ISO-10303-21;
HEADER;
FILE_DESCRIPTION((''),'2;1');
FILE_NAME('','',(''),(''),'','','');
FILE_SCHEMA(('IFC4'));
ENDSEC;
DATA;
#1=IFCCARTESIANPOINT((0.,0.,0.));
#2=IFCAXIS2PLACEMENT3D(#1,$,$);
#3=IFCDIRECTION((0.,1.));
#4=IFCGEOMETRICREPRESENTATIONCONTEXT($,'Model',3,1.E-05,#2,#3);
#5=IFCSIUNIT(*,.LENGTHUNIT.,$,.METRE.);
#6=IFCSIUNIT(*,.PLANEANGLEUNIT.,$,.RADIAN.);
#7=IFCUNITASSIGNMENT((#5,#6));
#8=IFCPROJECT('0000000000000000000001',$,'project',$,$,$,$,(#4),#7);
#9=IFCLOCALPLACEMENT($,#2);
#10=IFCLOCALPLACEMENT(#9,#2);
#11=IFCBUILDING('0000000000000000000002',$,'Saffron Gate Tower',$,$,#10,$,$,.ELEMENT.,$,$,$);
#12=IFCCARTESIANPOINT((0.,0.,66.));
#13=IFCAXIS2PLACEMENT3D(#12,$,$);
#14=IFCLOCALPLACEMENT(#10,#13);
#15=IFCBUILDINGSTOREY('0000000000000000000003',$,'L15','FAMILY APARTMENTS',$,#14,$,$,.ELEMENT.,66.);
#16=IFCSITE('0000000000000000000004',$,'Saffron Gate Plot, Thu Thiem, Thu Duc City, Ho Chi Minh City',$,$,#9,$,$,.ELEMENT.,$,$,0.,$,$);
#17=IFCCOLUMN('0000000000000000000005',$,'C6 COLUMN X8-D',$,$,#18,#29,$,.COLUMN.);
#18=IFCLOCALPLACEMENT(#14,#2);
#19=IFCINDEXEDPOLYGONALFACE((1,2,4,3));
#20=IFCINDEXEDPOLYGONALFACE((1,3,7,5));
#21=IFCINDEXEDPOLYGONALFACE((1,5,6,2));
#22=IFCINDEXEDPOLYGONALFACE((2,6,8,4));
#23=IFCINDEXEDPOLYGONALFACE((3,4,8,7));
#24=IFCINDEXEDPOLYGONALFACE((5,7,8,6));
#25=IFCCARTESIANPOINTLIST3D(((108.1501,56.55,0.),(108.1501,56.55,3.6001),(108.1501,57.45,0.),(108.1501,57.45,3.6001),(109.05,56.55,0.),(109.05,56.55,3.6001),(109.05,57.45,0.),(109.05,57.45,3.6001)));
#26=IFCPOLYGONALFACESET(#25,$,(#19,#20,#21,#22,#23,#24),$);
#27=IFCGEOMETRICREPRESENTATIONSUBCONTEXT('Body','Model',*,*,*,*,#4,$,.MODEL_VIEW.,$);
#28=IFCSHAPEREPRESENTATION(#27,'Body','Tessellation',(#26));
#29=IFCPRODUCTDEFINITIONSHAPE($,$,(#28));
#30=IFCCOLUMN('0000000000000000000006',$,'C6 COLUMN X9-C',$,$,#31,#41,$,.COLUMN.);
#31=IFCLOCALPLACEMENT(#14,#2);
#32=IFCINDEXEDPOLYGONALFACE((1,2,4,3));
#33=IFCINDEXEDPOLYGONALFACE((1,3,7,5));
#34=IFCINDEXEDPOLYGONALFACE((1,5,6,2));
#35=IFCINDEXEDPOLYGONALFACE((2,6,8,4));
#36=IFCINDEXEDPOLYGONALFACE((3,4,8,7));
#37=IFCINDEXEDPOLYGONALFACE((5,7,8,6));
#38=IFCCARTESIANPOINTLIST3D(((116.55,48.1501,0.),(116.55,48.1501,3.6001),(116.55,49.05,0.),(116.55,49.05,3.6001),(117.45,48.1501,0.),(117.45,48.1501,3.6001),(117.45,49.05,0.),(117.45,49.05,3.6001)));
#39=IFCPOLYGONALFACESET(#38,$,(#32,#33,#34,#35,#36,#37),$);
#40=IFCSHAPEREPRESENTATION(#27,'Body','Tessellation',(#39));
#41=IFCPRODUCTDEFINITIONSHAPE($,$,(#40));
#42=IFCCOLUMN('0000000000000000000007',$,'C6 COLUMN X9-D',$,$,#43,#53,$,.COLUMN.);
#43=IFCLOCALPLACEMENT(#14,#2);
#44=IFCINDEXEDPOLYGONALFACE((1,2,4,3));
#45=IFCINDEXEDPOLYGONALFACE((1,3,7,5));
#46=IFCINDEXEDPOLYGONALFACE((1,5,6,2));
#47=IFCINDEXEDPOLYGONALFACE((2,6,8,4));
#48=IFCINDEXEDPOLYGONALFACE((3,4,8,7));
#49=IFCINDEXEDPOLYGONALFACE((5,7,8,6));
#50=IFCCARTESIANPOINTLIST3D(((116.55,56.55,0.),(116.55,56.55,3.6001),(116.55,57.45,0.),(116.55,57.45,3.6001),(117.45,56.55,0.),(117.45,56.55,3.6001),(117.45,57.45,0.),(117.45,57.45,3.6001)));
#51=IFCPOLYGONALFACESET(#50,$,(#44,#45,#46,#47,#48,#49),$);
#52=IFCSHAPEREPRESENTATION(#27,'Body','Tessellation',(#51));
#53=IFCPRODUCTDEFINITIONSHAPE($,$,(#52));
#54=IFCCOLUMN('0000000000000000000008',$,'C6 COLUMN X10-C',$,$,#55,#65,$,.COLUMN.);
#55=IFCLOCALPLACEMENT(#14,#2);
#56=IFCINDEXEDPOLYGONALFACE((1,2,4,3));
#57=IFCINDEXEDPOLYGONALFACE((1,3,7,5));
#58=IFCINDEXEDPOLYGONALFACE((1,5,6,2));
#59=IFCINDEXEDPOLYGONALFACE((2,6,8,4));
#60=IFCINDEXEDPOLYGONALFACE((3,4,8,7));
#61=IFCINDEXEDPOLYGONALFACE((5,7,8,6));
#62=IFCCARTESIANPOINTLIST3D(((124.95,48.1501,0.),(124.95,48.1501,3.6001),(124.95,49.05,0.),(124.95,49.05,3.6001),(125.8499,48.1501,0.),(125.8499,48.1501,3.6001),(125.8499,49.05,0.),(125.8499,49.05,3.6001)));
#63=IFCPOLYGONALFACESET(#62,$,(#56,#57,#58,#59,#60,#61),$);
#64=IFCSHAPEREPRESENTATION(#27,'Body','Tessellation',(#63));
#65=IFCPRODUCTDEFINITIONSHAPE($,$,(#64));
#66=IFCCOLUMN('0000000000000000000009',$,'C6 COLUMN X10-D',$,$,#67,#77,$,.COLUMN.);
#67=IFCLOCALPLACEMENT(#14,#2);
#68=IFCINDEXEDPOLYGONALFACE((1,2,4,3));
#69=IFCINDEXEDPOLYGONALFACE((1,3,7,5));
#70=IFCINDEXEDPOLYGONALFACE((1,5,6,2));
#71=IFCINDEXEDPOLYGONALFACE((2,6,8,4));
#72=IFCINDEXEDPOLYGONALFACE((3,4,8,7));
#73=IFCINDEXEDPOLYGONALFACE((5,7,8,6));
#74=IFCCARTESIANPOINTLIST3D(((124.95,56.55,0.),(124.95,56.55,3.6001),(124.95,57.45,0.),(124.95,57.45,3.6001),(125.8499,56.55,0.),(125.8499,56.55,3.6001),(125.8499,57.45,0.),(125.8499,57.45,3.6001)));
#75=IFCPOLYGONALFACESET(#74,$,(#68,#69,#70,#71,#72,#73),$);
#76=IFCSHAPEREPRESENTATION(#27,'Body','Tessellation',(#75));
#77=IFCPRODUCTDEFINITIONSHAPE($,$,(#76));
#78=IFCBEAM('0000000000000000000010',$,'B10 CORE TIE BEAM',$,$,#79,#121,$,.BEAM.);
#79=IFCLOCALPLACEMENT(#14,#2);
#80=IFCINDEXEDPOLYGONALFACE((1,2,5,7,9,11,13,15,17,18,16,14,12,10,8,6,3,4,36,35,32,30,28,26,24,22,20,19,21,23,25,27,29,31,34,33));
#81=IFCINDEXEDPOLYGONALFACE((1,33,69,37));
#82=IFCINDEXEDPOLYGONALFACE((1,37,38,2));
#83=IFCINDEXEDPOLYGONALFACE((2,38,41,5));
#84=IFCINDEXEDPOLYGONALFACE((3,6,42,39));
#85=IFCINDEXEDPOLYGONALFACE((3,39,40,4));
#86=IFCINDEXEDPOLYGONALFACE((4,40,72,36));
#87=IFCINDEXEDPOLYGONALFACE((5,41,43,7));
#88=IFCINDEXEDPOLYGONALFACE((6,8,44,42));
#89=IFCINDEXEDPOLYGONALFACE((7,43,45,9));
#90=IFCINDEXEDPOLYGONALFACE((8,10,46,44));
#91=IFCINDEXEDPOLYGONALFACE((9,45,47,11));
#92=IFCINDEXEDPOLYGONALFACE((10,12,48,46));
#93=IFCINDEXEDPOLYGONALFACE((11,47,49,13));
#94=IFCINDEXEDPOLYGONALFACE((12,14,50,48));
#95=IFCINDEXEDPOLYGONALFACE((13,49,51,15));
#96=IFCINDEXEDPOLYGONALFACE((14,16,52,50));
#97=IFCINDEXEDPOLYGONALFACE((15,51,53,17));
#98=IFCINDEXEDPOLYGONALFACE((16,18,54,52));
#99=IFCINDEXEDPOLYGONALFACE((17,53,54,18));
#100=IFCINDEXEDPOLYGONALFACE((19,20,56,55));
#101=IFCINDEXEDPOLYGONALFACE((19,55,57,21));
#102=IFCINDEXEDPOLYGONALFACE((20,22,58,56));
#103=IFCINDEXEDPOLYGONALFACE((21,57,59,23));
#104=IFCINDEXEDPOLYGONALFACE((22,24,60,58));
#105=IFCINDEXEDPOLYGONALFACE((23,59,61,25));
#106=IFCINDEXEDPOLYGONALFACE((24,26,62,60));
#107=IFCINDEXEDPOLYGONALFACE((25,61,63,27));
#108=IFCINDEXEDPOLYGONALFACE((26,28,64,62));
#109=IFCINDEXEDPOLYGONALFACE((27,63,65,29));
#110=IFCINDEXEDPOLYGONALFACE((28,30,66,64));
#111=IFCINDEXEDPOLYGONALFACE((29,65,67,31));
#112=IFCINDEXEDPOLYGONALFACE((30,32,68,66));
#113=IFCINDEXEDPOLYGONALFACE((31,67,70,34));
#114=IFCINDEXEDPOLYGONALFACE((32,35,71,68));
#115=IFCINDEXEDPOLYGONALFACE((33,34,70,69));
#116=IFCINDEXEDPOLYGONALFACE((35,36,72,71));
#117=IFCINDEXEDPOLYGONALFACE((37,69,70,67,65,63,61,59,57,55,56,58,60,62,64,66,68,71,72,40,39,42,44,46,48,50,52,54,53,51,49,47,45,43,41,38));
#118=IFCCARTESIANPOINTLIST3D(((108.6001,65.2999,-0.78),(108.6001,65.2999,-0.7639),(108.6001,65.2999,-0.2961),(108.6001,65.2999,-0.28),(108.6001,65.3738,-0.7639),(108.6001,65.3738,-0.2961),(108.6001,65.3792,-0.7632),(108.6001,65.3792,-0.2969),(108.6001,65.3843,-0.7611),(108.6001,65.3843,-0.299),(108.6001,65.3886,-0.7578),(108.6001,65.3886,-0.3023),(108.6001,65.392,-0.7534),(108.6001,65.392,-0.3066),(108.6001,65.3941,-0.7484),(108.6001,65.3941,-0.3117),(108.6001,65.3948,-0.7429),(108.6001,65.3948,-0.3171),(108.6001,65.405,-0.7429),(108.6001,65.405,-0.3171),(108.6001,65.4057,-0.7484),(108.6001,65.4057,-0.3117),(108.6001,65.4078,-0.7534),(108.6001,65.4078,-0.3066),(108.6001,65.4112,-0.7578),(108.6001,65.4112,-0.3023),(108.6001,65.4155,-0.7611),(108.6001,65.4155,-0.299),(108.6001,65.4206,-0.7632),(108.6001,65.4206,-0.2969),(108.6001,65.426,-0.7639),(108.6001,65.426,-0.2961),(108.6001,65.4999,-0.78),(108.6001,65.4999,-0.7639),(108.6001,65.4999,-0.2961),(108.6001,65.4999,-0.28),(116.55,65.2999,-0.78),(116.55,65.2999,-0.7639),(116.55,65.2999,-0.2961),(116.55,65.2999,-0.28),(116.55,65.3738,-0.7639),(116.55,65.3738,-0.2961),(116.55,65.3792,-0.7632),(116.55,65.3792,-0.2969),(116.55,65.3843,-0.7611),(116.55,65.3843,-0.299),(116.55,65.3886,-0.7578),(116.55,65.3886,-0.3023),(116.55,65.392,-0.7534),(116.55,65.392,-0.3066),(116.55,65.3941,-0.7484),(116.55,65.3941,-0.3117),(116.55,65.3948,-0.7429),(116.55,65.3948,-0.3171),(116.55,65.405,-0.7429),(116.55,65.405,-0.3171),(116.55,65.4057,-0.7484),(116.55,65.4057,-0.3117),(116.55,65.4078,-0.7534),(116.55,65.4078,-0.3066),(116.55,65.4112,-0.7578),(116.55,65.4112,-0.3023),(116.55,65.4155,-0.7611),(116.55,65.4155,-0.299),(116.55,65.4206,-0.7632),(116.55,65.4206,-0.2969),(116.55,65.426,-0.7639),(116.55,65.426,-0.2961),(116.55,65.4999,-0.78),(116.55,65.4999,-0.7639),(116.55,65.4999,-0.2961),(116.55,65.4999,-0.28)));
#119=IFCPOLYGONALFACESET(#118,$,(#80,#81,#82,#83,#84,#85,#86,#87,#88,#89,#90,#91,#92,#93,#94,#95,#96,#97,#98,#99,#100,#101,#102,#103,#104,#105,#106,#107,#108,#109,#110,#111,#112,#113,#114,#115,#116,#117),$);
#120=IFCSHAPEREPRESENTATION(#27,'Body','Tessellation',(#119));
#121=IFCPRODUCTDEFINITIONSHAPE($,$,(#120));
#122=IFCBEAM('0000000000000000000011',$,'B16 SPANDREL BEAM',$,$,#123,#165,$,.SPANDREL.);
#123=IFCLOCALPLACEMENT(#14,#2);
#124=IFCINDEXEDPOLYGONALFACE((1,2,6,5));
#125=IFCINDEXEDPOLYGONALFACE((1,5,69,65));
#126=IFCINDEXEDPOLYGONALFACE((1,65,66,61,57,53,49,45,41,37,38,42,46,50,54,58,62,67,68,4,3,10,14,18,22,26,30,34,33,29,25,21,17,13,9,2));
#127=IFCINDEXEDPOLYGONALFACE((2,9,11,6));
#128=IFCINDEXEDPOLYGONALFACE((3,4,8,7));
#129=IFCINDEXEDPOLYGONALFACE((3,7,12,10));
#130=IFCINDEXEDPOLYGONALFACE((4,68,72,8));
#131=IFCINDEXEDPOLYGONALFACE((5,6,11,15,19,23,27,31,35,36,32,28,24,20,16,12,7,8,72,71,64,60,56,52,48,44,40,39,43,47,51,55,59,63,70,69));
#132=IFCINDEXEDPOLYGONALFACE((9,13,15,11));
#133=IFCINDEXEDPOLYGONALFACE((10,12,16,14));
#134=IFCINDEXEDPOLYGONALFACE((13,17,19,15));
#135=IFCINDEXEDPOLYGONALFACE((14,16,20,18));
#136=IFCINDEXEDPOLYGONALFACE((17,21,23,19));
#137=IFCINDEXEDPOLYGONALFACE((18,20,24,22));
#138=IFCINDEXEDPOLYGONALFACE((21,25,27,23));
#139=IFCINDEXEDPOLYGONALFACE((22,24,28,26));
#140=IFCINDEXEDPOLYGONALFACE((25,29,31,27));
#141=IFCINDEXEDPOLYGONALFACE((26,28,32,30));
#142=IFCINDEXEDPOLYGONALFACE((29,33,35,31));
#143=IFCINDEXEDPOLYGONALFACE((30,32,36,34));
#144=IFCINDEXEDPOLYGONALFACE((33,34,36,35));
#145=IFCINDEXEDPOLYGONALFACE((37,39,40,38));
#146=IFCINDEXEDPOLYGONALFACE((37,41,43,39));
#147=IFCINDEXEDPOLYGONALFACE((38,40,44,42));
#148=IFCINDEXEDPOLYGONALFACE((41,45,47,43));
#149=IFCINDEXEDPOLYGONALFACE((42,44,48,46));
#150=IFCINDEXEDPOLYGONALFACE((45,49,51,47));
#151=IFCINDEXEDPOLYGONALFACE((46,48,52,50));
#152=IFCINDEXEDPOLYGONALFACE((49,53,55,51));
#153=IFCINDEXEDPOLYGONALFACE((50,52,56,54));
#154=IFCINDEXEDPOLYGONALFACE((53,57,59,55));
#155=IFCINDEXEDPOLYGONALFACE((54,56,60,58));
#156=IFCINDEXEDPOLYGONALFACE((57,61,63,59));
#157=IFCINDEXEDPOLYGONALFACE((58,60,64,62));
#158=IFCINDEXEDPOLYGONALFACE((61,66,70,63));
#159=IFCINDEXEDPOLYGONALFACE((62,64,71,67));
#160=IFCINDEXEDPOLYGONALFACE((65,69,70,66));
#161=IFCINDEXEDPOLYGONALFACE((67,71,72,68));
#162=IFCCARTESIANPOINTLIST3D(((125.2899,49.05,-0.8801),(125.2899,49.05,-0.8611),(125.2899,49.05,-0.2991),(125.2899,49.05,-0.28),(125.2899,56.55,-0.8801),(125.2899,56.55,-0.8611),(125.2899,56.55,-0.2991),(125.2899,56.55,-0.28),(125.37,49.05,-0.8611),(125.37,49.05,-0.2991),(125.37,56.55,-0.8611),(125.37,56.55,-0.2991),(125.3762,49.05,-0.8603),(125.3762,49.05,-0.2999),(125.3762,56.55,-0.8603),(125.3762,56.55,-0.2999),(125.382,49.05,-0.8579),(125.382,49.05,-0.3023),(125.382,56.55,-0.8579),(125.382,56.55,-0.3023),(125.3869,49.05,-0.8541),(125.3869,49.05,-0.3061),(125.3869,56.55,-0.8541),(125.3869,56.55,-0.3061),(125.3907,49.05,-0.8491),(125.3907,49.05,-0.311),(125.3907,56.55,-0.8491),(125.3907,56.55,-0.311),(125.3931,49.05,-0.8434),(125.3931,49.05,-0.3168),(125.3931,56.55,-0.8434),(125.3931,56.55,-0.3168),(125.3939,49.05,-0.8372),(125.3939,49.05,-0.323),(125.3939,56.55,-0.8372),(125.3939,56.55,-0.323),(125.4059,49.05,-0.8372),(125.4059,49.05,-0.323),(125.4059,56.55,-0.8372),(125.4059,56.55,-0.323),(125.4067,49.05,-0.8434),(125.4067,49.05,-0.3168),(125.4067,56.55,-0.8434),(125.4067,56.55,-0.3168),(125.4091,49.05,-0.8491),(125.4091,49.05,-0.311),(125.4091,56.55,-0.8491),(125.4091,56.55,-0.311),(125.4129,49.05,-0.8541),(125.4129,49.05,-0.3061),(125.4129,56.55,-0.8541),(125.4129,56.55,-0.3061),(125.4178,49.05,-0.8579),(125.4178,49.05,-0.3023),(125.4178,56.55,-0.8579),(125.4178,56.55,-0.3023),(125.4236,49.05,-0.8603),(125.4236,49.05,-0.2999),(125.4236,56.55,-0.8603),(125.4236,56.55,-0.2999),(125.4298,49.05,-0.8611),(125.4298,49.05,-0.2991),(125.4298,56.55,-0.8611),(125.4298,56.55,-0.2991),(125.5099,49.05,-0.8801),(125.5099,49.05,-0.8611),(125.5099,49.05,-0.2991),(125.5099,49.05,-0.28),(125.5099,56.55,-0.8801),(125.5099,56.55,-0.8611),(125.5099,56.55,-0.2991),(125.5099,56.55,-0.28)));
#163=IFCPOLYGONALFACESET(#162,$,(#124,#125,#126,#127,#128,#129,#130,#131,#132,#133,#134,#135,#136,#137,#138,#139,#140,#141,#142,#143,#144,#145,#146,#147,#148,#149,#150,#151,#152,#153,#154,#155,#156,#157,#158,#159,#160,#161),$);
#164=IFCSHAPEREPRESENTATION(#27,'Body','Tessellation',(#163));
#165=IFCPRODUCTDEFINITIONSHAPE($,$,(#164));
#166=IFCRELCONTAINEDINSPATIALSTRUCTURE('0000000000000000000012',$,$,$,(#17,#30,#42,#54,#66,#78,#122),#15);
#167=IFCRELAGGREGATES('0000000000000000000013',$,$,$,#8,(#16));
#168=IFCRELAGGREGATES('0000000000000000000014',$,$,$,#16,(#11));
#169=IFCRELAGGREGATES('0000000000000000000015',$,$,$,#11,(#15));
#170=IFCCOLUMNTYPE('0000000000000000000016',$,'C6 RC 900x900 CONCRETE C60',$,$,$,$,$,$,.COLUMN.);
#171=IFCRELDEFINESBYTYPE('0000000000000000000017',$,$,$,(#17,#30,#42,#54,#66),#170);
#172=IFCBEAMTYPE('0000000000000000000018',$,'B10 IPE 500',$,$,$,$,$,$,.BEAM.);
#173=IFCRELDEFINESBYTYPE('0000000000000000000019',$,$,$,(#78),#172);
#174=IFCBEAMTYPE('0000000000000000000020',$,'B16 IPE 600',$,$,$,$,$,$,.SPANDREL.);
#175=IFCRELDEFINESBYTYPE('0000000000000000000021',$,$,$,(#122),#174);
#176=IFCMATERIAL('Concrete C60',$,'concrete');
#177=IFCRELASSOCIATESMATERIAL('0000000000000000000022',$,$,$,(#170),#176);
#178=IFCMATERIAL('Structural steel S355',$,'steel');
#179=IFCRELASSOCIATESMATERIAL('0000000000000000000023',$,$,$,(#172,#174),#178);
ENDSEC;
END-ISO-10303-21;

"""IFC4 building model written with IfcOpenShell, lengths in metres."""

from ifc_helpers import new_model, si_unit, direction, frame, origin, origin_2d, place, context, subcontext, project, spatial, rectangle, i_section, extrude, material, material_profile, profile_set, type_object, element, save


model = new_model("IFC4")

# Units and contexts
model_context = context("Model", 3, precision=1e-05, world=origin(), true_north=direction((0.0, 1.0)))
body_context = subcontext(model_context, "Body", "Model", "MODEL_VIEW")
ifc_project = project(units=[si_unit("LENGTHUNIT", "METRE"), si_unit("PLANEANGLEUNIT", "RADIAN")], contexts=[model_context])

# Site, building, storey
site_placement = place(None, origin())
site = spatial("IfcSite", under=ifc_project, at=site_placement, Name="Saffron Gate Plot, Thu Thiem, Thu Duc City, Ho Chi Minh City", CompositionType="ELEMENT", RefElevation=0.0)
building_placement = place(site_placement, origin())
building = spatial("IfcBuilding", under=site, at=building_placement, Name="Saffron Gate Tower", CompositionType="ELEMENT")
storey_placement = place(building_placement, frame((0.0, 0.0, 66.0)))
storey = spatial("IfcBuildingStorey", under=building, at=storey_placement, Name="L15", Description="FAMILY APARTMENTS", CompositionType="ELEMENT", Elevation=66.0)

# Columns
ifc_material_1 = material(Name="Concrete C60", Category="concrete")
ifc_material_profile_1 = material_profile(ifc_material_1, rectangle(XDim=0.8999, YDim=0.8999, at=origin_2d()))
ifc_profile_set_1 = profile_set([ifc_material_profile_1], Name="Concrete C60")
column_type = type_object("IfcColumnType", Name="C6 RC 900x900 CONCRETE C60", PredefinedType="COLUMN", material=ifc_profile_set_1)
for number, where, z_axis, x_axis, name in (
    (1, (108.6001, 57.0, 0.0), (0.0, 0.0, 1.0), (1.0, 0.0, 0.0), "C6 COLUMN X8-D"),
    (2, (117.0, 48.6001, 0.0), (0.0, 0.0, 1.0), (1.0, 0.0, 0.0), "C6 COLUMN X9-C"),
    (3, (117.0, 57.0, 0.0), (0.0, 0.0, 1.0), (1.0, 0.0, 0.0), "C6 COLUMN X9-D"),
    (4, (125.3999, 48.6001, 0.0), (0.0, 0.0, 1.0), (1.0, 0.0, 0.0), "C6 COLUMN X10-C"),
    (5, (125.3999, 57.0, 0.0), (0.0, 0.0, 1.0), (1.0, 0.0, 0.0), "C6 COLUMN X10-D"),
):
    element("IfcColumn", number, at=place(storey_placement, frame(where, z_axis=z_axis, x_axis=x_axis)), inside=storey, type_object=column_type, Name=name, PredefinedType="COLUMN", context=body_context, shape_type="SweptSolid", body=[
        extrude(rectangle(XDim=0.8999, YDim=0.8999, at=origin_2d()), origin(), (0.0, 0.0, 1.0), 3.6001),
    ])

# Beams
ifc_material_2 = material(Name="Structural steel S355", Category="steel")
ifc_material_profile_2 = material_profile(ifc_material_2, i_section(OverallWidth=0.2, OverallDepth=0.5, WebThickness=0.0103, FlangeThickness=0.0161, FilletRadius=0.021, at=origin_2d()))
ifc_profile_set_2 = profile_set([ifc_material_profile_2], Name="Structural steel S355")
beam_type_1 = type_object("IfcBeamType", Name="B10 IPE 500", PredefinedType="BEAM", material=ifc_profile_set_2)
beam_1_placement = place(storey_placement, frame((116.55, 65.3999, -0.53), z_axis=(-1.0, 0.0, 0.0), x_axis=(0.0, -1.0, 0.0)))
element("IfcBeam", 6, at=beam_1_placement, inside=storey, type_object=beam_type_1, Name="B10 CORE TIE BEAM", PredefinedType="BEAM", context=body_context, shape_type="SweptSolid", body=[
    extrude(i_section(OverallWidth=0.2, OverallDepth=0.5, WebThickness=0.0103, FlangeThickness=0.0161, FilletRadius=0.021, at=origin_2d()), origin(), (0.0, 0.0, 1.0), 7.95),
])
ifc_material_profile_3 = material_profile(ifc_material_2, i_section(OverallWidth=0.22, OverallDepth=0.6001, WebThickness=0.012, FlangeThickness=0.019, FilletRadius=0.0239, at=origin_2d()))
ifc_profile_set_3 = profile_set([ifc_material_profile_3], Name="Structural steel S355")
beam_type_2 = type_object("IfcBeamType", Name="B16 IPE 600", PredefinedType="SPANDREL", material=ifc_profile_set_3)
beam_2_placement = place(storey_placement, frame((125.3999, 49.05, -0.5801), z_axis=(0.0, 1.0, 0.0), x_axis=(-1.0, 0.0, 0.0)))
element("IfcBeam", 7, at=beam_2_placement, inside=storey, type_object=beam_type_2, Name="B16 SPANDREL BEAM", PredefinedType="SPANDREL", context=body_context, shape_type="SweptSolid", body=[
    extrude(i_section(OverallWidth=0.22, OverallDepth=0.6001, WebThickness=0.012, FlangeThickness=0.019, FilletRadius=0.0239, at=origin_2d()), origin(), (0.0, 0.0, 1.0), 7.5),
])

save(model, "model.ifc")
